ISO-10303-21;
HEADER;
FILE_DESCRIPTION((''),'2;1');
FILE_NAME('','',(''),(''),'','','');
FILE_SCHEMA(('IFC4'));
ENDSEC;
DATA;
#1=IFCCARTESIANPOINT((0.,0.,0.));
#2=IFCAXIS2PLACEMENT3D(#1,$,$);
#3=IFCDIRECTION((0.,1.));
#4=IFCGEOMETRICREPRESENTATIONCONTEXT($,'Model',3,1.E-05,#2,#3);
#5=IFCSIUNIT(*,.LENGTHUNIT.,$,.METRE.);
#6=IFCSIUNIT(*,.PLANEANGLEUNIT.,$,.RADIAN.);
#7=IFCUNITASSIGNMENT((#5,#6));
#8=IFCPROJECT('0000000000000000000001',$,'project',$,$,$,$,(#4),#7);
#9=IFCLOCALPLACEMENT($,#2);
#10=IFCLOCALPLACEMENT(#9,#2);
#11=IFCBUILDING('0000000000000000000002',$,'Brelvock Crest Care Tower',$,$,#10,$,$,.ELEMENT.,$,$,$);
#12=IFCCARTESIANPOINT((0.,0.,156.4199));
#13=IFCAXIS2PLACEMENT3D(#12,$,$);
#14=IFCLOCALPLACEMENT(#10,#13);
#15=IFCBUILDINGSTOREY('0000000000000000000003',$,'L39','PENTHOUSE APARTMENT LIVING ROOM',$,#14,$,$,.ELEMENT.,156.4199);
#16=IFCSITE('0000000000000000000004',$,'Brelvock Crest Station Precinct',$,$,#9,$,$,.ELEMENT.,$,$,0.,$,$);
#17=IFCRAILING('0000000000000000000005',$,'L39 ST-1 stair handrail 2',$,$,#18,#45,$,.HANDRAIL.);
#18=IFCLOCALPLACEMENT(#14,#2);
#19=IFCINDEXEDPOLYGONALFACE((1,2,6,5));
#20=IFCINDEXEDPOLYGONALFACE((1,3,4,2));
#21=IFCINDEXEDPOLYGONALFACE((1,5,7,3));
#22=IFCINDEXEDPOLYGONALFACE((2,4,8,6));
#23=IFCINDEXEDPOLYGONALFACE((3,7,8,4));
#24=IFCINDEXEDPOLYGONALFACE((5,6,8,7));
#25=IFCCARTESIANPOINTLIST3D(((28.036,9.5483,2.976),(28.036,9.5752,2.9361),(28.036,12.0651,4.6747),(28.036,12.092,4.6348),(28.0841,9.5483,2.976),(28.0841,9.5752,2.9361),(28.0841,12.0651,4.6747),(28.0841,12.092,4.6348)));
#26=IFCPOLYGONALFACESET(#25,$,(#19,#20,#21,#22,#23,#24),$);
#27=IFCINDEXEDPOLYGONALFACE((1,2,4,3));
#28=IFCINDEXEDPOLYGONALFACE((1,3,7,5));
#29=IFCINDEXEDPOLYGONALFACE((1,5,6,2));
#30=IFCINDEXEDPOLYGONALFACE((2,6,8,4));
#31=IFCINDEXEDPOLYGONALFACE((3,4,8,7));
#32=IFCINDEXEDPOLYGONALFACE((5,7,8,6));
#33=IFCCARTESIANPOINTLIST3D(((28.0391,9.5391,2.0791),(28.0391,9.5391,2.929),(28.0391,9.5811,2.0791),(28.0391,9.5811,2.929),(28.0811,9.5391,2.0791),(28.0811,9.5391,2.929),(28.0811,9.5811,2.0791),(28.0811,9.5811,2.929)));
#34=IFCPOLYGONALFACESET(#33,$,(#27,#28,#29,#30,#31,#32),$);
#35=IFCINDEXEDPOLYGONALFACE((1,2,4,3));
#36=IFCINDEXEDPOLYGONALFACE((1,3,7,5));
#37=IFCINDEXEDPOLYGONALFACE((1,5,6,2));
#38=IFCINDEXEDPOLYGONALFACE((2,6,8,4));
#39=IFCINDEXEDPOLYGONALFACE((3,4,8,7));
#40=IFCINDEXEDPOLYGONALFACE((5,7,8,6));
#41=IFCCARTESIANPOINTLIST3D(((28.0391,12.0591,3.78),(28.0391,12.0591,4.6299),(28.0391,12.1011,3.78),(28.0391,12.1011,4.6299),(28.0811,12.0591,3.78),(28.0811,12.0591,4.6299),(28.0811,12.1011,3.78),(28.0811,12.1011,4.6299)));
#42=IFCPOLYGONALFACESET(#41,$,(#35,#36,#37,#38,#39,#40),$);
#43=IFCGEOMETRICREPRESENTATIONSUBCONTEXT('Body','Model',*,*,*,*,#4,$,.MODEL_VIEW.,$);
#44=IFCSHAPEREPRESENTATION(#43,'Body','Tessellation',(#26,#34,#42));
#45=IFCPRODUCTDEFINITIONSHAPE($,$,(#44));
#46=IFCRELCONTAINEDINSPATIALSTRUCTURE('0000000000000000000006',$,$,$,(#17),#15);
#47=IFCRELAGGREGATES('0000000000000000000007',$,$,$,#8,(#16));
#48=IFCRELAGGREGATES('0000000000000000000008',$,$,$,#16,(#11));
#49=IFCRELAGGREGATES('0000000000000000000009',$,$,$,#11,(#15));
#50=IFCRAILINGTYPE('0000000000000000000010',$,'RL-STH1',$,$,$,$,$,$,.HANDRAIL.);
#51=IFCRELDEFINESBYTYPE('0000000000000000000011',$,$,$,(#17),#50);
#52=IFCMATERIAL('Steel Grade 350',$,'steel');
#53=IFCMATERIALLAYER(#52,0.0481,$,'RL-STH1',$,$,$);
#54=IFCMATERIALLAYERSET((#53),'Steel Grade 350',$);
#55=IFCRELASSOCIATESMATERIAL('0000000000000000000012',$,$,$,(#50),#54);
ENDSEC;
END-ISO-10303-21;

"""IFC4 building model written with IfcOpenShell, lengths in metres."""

from ifc_helpers import new_model, si_unit, direction, frame, origin, origin_2d, place, context, subcontext, project, spatial, rectangle, extrude, material, layer, layer_set, type_object, element, save


model = new_model("IFC4")

# Units and contexts
model_context = context("Model", 3, precision=1e-05, world=origin(), true_north=direction((0.0, 1.0)))
body_context = subcontext(model_context, "Body", "Model", "MODEL_VIEW")
ifc_project = project(units=[si_unit("LENGTHUNIT", "METRE"), si_unit("PLANEANGLEUNIT", "RADIAN")], contexts=[model_context])

# Site, building, storey
site_placement = place(None, origin())
site = spatial("IfcSite", under=ifc_project, at=site_placement, Name="Brelvock Crest Station Precinct", CompositionType="ELEMENT", RefElevation=0.0)
building_placement = place(site_placement, origin())
building = spatial("IfcBuilding", under=site, at=building_placement, Name="Brelvock Crest Care Tower", CompositionType="ELEMENT")
storey_placement = place(building_placement, frame((0.0, 0.0, 156.4199)))
storey = spatial("IfcBuildingStorey", under=building, at=storey_placement, Name="L39", Description="PENTHOUSE APARTMENT LIVING ROOM", CompositionType="ELEMENT", Elevation=156.4199)

# Shared definitions
ifc_material_1 = material(Name="Steel Grade 350", Category="steel")

# Railing
ifc_layer_1 = layer(ifc_material_1, 0.0481, Name="RL-STH1")
ifc_layer_set_1 = layer_set([ifc_layer_1], Name="Steel Grade 350")
railing_type_1 = type_object("IfcRailingType", Name="RL-STH1", PredefinedType="HANDRAIL", material=ifc_layer_set_1)
railing_1_placement = place(storey_placement, frame((28.0601, 9.5601, 2.0791)))
element("IfcRailing", 1, at=railing_1_placement, inside=storey, type_object=railing_type_1, Name="L39 ST-1 stair handrail 2", PredefinedType="HANDRAIL", context=body_context, shape_type="SweptSolid", body=[
    extrude(rectangle(XDim=0.0481, YDim=0.0481, at=origin_2d()), frame((0.0, 0.0017, 0.877), z_axis=(0.0, 0.828862, 0.559454), x_axis=(-1.0, 0.0, 0.0)), (0.0, 0.0, 1.0), 3.0364),
    extrude(rectangle(XDim=0.042, YDim=0.042, at=origin_2d()), origin(), (0.0, 0.0, 1.0), 0.8499),
    extrude(rectangle(XDim=0.042, YDim=0.042, at=origin_2d()), frame((0.0, 2.52, 1.7009)), (0.0, 0.0, 1.0), 0.8499),
])

save(model, "model.ifc")
